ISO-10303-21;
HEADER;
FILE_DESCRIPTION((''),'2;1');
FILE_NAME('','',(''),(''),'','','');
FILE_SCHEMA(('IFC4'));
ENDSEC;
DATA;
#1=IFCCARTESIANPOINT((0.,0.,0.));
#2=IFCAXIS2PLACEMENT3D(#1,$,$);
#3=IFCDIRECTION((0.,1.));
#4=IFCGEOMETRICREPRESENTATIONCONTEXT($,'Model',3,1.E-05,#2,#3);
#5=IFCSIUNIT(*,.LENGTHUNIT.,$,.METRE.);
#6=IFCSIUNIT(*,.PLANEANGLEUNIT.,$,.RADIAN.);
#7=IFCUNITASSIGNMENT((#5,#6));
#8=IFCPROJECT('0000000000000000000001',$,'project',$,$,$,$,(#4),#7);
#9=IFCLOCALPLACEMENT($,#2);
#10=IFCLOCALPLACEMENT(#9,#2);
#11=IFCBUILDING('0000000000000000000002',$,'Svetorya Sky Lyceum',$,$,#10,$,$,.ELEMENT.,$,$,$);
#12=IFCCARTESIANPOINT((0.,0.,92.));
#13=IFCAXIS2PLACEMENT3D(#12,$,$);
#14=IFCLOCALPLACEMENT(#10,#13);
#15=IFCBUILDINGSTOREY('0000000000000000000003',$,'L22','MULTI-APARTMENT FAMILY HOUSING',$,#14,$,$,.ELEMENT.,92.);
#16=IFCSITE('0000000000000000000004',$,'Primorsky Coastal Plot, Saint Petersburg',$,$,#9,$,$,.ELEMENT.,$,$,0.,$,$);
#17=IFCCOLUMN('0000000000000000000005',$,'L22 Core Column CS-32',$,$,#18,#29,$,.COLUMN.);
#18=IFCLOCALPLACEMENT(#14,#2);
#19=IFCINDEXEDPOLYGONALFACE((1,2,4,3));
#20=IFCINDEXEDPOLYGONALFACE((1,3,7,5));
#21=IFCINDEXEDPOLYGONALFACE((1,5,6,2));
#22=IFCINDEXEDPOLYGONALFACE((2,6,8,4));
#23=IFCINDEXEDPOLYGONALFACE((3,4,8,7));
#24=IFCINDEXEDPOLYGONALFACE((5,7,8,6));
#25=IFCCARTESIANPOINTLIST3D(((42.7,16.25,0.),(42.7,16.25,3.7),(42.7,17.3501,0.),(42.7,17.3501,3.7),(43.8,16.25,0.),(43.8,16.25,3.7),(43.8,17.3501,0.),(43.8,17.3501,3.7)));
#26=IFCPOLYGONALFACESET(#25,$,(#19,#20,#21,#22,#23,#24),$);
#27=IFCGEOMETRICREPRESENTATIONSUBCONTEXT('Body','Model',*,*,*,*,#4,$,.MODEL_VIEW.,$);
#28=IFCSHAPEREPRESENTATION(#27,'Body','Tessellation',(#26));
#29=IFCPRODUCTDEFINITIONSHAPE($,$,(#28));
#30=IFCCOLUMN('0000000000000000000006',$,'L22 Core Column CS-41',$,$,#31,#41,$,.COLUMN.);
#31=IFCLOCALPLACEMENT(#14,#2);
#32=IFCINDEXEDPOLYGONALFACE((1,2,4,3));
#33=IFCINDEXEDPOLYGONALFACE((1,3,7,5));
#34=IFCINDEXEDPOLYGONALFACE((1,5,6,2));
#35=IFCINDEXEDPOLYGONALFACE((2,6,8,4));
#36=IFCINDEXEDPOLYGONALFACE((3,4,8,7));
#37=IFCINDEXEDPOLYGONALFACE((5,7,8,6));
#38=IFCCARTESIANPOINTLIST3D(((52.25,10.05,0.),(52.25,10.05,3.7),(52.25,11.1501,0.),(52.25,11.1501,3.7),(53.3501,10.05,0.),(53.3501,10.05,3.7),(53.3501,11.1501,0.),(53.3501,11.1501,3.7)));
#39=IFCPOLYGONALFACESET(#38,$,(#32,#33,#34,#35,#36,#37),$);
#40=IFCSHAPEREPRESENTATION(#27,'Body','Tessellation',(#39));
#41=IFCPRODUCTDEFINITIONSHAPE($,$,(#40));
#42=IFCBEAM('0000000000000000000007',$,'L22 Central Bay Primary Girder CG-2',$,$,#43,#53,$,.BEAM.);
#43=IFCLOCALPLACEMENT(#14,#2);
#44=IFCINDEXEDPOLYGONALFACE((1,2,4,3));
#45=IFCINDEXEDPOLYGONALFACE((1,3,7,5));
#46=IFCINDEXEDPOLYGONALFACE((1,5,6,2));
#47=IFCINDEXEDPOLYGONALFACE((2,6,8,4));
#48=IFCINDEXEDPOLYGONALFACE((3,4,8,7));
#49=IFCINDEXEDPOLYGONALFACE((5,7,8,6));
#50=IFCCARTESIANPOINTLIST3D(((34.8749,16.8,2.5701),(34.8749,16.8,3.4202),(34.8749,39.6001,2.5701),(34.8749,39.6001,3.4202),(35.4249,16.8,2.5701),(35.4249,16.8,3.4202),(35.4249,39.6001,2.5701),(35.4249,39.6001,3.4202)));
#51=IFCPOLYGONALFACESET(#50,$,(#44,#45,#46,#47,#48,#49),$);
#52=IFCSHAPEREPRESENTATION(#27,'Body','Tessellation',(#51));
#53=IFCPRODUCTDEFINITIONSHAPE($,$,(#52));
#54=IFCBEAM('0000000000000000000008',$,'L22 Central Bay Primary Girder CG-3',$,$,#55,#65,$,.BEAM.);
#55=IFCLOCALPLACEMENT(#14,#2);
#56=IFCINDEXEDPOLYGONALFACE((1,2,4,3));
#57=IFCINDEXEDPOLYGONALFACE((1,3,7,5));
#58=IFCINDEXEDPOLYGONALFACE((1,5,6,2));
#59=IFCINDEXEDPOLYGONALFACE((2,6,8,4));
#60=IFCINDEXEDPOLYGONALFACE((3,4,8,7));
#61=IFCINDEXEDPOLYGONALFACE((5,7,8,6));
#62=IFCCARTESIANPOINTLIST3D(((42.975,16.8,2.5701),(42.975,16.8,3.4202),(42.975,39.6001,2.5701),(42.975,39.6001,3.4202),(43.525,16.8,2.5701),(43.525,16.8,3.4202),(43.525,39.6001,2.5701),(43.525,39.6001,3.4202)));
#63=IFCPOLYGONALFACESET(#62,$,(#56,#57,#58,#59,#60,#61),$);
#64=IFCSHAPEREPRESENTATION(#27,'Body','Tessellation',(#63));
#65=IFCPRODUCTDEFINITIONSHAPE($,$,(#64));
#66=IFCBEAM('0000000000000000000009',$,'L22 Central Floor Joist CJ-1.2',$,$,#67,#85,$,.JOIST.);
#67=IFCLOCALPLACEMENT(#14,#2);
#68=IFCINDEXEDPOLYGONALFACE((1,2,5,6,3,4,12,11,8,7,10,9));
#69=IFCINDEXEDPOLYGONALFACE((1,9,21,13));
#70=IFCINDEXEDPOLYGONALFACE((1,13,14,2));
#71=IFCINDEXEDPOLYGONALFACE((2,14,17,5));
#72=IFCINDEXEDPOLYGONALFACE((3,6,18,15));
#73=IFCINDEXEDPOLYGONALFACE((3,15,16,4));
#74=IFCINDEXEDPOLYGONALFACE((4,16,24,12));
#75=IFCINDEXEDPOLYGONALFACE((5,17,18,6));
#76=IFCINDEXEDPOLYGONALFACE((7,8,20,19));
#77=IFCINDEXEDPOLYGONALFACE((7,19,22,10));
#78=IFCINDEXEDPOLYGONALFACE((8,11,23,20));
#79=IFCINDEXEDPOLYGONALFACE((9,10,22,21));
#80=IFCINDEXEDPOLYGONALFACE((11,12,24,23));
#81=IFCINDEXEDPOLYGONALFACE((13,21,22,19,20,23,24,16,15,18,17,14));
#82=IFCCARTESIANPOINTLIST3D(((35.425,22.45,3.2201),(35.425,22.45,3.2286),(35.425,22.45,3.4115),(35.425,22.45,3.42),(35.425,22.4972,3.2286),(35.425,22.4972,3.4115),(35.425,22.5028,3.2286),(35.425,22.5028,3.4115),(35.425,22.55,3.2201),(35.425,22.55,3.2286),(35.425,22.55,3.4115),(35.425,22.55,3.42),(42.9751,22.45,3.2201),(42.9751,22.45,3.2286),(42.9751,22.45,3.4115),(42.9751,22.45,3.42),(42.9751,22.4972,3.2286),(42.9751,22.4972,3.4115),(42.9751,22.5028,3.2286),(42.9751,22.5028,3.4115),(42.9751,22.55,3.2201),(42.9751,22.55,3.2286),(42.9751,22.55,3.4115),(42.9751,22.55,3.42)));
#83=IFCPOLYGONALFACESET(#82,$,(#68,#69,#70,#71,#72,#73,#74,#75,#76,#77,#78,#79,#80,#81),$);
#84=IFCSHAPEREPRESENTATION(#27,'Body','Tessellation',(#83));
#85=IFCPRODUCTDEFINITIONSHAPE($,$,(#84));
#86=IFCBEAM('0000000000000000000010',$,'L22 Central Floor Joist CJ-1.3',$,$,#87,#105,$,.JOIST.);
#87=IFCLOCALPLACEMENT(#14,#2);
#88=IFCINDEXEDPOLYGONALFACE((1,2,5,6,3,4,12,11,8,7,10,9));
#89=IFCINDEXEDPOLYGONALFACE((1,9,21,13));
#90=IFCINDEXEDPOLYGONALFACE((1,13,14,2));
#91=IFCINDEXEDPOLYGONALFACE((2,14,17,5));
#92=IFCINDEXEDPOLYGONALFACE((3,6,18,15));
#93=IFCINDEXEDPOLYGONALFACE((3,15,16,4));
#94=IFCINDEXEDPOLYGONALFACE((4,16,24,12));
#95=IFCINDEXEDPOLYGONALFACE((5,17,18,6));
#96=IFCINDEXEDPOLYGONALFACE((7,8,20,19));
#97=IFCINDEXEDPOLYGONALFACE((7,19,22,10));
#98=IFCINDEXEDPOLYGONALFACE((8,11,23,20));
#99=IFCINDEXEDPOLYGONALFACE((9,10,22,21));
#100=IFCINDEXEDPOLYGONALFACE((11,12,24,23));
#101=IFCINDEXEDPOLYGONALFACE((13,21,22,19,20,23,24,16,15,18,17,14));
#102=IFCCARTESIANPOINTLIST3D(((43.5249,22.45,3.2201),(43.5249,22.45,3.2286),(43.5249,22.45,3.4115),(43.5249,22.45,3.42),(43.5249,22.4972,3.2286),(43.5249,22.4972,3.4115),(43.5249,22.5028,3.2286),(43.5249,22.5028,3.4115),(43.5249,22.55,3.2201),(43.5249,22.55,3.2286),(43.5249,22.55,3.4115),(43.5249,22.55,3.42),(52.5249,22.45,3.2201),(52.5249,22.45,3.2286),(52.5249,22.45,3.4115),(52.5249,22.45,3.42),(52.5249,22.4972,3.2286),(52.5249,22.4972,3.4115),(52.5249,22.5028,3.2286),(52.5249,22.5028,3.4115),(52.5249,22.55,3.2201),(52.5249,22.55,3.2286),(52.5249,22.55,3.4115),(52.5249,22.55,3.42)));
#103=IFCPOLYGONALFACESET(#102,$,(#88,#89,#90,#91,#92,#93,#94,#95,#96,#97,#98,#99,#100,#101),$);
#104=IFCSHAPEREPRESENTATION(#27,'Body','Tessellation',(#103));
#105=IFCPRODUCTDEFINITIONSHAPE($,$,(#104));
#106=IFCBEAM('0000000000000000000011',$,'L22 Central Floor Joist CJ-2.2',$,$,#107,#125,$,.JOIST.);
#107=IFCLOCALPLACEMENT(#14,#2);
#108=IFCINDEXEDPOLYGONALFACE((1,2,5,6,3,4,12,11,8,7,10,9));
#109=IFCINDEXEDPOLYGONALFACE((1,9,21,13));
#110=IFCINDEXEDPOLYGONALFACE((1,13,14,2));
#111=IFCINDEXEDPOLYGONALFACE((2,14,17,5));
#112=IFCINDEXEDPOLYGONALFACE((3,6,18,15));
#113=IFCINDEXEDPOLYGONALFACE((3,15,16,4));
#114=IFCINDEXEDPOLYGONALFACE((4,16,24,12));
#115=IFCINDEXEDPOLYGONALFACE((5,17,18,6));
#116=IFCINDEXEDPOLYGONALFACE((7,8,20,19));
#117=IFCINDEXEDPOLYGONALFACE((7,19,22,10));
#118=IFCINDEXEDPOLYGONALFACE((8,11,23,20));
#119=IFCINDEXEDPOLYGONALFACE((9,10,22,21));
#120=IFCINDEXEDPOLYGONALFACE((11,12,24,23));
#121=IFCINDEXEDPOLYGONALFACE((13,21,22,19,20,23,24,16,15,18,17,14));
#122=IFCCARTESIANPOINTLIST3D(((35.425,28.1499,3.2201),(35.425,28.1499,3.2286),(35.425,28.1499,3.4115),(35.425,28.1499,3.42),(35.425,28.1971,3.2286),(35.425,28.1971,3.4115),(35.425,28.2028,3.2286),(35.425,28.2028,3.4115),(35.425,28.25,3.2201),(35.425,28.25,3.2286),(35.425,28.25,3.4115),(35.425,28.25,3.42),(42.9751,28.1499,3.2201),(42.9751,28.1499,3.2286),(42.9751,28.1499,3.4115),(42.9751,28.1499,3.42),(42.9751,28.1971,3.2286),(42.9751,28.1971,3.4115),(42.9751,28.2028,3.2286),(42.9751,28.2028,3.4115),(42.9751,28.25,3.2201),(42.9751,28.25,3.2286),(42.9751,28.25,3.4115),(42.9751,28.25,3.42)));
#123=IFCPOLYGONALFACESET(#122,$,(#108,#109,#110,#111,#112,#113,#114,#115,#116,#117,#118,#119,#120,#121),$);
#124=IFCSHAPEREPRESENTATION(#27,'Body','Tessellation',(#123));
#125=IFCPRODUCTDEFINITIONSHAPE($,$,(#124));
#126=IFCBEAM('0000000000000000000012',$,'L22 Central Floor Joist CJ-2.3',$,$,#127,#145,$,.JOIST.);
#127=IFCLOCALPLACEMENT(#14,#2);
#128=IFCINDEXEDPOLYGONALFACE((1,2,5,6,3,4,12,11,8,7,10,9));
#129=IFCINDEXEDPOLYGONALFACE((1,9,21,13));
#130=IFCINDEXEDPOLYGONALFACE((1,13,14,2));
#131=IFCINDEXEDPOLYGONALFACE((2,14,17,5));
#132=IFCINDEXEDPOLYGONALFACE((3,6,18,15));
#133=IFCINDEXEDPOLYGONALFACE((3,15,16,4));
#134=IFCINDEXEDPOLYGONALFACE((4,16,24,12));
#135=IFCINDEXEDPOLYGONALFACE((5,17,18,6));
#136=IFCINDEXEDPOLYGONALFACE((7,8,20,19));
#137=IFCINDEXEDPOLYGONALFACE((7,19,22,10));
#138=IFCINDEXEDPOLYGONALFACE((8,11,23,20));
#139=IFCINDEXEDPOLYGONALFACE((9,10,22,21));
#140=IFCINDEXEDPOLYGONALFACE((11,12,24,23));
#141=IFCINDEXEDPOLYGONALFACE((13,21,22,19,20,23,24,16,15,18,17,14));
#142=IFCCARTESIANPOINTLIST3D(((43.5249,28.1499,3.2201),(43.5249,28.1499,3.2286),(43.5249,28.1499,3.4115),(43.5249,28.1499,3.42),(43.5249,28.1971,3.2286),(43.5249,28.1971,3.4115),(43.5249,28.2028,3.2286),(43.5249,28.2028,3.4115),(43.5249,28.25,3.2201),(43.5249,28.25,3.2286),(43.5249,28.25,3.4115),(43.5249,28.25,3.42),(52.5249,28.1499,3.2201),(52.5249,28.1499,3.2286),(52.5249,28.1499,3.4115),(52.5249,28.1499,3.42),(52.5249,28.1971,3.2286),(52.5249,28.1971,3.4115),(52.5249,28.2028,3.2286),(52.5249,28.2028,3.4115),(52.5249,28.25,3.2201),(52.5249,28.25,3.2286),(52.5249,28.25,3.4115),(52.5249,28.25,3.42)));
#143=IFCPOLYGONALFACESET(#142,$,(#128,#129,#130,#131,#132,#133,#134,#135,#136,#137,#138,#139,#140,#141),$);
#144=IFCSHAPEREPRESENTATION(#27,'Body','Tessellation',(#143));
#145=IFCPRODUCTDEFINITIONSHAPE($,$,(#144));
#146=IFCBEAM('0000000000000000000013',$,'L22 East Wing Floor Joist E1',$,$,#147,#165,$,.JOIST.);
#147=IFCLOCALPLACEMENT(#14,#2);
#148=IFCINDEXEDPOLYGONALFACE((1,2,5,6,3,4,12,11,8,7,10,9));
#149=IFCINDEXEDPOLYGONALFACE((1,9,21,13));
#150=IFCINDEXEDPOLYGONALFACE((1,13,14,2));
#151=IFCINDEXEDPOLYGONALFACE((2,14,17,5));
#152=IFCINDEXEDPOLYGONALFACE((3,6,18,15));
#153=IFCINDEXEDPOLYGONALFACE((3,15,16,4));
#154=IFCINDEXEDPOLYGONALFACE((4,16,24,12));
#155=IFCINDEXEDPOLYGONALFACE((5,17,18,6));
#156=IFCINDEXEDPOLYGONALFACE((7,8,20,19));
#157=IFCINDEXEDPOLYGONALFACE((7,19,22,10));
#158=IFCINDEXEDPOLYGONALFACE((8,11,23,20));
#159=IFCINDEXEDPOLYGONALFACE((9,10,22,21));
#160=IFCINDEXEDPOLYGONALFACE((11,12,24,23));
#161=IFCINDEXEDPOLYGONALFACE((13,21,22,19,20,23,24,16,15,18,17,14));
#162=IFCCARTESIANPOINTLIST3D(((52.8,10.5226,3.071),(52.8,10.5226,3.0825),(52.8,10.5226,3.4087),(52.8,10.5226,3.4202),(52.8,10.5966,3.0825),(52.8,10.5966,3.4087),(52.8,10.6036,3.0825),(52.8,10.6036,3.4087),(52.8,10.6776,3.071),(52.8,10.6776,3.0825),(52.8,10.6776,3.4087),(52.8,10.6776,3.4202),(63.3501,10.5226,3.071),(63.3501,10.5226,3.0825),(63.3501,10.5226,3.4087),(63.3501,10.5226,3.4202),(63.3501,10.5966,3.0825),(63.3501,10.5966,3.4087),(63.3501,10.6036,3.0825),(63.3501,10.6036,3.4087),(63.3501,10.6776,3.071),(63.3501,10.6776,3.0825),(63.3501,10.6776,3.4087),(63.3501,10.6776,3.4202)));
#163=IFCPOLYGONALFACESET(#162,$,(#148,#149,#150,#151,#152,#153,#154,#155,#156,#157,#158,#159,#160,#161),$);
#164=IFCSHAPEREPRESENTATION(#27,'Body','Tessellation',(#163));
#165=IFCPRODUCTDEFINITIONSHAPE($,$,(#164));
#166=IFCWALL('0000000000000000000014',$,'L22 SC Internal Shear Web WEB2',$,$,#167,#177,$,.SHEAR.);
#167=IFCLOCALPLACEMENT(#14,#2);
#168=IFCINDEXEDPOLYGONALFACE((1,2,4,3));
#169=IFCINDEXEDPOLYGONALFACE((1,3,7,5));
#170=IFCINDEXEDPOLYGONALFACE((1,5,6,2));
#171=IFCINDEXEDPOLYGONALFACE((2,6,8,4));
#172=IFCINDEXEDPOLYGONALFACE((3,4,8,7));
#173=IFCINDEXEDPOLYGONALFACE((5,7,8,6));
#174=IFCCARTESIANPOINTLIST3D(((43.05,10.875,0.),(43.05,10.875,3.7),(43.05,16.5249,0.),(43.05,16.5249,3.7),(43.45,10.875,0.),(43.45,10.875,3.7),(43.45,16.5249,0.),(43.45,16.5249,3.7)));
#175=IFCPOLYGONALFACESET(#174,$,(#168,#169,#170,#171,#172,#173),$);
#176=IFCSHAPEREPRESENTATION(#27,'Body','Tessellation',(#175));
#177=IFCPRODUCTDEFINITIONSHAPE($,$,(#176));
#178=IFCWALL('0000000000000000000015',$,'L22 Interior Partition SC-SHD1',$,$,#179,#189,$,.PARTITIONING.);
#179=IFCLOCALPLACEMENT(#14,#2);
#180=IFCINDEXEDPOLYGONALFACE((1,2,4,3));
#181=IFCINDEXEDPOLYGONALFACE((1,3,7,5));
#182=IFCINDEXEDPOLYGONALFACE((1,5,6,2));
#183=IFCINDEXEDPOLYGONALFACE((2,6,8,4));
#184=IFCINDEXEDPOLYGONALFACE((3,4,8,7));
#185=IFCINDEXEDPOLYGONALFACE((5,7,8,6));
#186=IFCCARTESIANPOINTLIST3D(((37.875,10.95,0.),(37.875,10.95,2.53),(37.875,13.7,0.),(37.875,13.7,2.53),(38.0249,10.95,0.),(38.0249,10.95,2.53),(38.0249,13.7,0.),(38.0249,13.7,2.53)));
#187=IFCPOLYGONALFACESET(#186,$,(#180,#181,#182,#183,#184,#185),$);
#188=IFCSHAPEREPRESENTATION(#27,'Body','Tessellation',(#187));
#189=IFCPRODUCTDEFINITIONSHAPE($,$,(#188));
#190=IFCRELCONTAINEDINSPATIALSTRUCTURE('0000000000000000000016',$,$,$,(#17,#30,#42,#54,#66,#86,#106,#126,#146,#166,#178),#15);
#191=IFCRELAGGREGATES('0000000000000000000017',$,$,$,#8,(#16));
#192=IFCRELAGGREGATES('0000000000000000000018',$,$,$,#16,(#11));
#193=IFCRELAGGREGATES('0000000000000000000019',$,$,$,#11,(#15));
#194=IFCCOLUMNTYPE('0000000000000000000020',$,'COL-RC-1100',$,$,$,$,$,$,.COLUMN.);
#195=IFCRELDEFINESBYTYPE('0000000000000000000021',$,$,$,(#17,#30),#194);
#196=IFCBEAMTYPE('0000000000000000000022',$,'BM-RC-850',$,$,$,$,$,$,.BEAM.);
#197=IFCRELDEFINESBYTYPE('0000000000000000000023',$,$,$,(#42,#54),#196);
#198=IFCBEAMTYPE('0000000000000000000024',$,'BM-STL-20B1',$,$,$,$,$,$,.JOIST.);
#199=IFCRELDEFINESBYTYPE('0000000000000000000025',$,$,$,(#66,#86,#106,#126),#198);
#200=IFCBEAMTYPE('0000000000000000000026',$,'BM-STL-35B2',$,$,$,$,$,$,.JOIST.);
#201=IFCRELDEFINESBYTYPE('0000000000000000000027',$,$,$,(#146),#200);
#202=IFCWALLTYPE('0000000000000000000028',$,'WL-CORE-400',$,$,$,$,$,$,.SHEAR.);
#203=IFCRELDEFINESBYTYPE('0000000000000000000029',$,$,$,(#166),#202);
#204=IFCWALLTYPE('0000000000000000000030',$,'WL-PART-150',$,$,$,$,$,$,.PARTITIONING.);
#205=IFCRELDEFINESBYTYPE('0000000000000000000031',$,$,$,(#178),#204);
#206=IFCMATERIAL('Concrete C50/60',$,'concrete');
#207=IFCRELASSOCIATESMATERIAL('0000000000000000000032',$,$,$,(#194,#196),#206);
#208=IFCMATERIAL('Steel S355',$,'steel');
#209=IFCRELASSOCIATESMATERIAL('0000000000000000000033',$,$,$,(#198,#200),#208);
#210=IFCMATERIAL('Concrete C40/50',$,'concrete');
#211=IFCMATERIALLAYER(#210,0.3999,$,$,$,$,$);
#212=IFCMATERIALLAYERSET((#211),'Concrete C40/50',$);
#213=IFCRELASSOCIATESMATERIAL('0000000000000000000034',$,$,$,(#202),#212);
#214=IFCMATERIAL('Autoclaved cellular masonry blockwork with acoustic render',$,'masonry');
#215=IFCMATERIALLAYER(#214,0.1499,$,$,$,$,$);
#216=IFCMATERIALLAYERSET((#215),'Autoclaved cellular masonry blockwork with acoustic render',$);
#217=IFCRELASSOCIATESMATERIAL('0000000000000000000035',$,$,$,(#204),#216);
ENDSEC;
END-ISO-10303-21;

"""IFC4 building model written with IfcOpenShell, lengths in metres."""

from ifc_helpers import new_model, si_unit, direction, frame, frame_2d, origin, origin_2d, place, context, subcontext, project, spatial, rectangle, i_section, extrude, material, layer, layer_set, material_profile, profile_set, type_object, element, save


model = new_model("IFC4")

# Units and contexts
model_context = context("Model", 3, precision=1e-05, world=origin(), true_north=direction((0.0, 1.0)))
body_context = subcontext(model_context, "Body", "Model", "MODEL_VIEW")
ifc_project = project(units=[si_unit("LENGTHUNIT", "METRE"), si_unit("PLANEANGLEUNIT", "RADIAN")], contexts=[model_context])

# Site, building, storey
site_placement = place(None, origin())
site = spatial("IfcSite", under=ifc_project, at=site_placement, Name="Primorsky Coastal Plot, Saint Petersburg", CompositionType="ELEMENT", RefElevation=0.0)
building_placement = place(site_placement, origin())
building = spatial("IfcBuilding", under=site, at=building_placement, Name="Svetorya Sky Lyceum", CompositionType="ELEMENT")
storey_placement = place(building_placement, frame((0.0, 0.0, 92.0)))
storey = spatial("IfcBuildingStorey", under=building, at=storey_placement, Name="L22", Description="MULTI-APARTMENT FAMILY HOUSING", CompositionType="ELEMENT", Elevation=92.0)

# Columns
ifc_material_1 = material(Name="Concrete C50/60", Category="concrete")
ifc_material_profile_1 = material_profile(ifc_material_1, rectangle(XDim=1.1001, YDim=1.1001, at=origin_2d()), Name="RC COL 1100x1100")
ifc_profile_set_1 = profile_set([ifc_material_profile_1], Name="Concrete C50/60")
column_type = type_object("IfcColumnType", Name="COL-RC-1100", PredefinedType="COLUMN", material=ifc_profile_set_1)
for number, where, z_axis, x_axis, name in (
    (1, (43.25, 16.8, 0.0), (0.0, 0.0, 1.0), (1.0, 0.0, 0.0), "L22 Core Column CS-32"),
    (2, (52.8, 10.6001, 0.0), (0.0, 0.0, 1.0), (1.0, 0.0, 0.0), "L22 Core Column CS-41"),
):
    element("IfcColumn", number, at=place(storey_placement, frame(where, z_axis=z_axis, x_axis=x_axis)), inside=storey, type_object=column_type, Name=name, PredefinedType="COLUMN", context=body_context, shape_type="SweptSolid", body=[
        extrude(rectangle(XDim=1.1001, YDim=1.1001, at=origin_2d()), origin(), (0.0, 0.0, 1.0), 3.7),
    ])

# Beams
ifc_material_profile_2 = material_profile(ifc_material_1, rectangle(XDim=0.55, YDim=0.8501, at=origin_2d()), Name="RC BEAM 550x850")
ifc_profile_set_2 = profile_set([ifc_material_profile_2], Name="Concrete C50/60")
beam_type_1 = type_object("IfcBeamType", Name="BM-RC-850", PredefinedType="BEAM", material=ifc_profile_set_2)
for number, where, z_axis, x_axis, name in (
    (3, (35.1499, 16.8, 2.9951), (0.0, 1.0, 0.0), (-1.0, 0.0, 0.0), "L22 Central Bay Primary Girder CG-2"),
    (4, (43.25, 16.8, 2.9951), (0.0, 1.0, 0.0), (-1.0, 0.0, 0.0), "L22 Central Bay Primary Girder CG-3"),
):
    element("IfcBeam", number, at=place(storey_placement, frame(where, z_axis=z_axis, x_axis=x_axis)), inside=storey, type_object=beam_type_1, Name=name, PredefinedType="BEAM", context=body_context, shape_type="SweptSolid", body=[
        extrude(rectangle(XDim=0.55, YDim=0.8501, at=origin_2d()), origin(), (0.0, 0.0, 1.0), 22.8),
    ])
ifc_material_2 = material(Name="Steel S355", Category="steel")
ifc_material_profile_3 = material_profile(ifc_material_2, i_section(OverallWidth=0.1001, OverallDepth=0.2, WebThickness=0.0056, FlangeThickness=0.0085, at=origin_2d()), Name="GOST 20B1")
ifc_profile_set_3 = profile_set([ifc_material_profile_3], Name="Steel S355")
beam_type_2 = type_object("IfcBeamType", Name="BM-STL-20B1", PredefinedType="JOIST", material=ifc_profile_set_3)
beam_1_placement = place(storey_placement, frame((35.425, 22.5, 3.3201), z_axis=(1.0, 0.0, 0.0), x_axis=(0.0, 1.0, 0.0)))
element("IfcBeam", 5, at=beam_1_placement, inside=storey, type_object=beam_type_2, Name="L22 Central Floor Joist CJ-1.2", PredefinedType="JOIST", context=body_context, shape_type="SweptSolid", body=[
    extrude(i_section(OverallWidth=0.1001, OverallDepth=0.2, WebThickness=0.0056, FlangeThickness=0.0085, at=origin_2d()), origin(), (0.0, 0.0, 1.0), 7.55),
])
beam_2_placement = place(storey_placement, frame((43.5249, 22.5, 3.3201), z_axis=(1.0, 0.0, 0.0), x_axis=(0.0, 1.0, 0.0)))
element("IfcBeam", 6, at=beam_2_placement, inside=storey, type_object=beam_type_2, Name="L22 Central Floor Joist CJ-1.3", PredefinedType="JOIST", context=body_context, shape_type="SweptSolid", body=[
    extrude(i_section(OverallWidth=0.1001, OverallDepth=0.2, WebThickness=0.0056, FlangeThickness=0.0085, at=origin_2d()), origin(), (0.0, 0.0, 1.0), 9.0),
])
beam_3_placement = place(storey_placement, frame((35.425, 28.2, 3.3201), z_axis=(1.0, 0.0, 0.0), x_axis=(0.0, 1.0, 0.0)))
element("IfcBeam", 7, at=beam_3_placement, inside=storey, type_object=beam_type_2, Name="L22 Central Floor Joist CJ-2.2", PredefinedType="JOIST", context=body_context, shape_type="SweptSolid", body=[
    extrude(i_section(OverallWidth=0.1001, OverallDepth=0.2, WebThickness=0.0056, FlangeThickness=0.0085, at=origin_2d()), origin(), (0.0, 0.0, 1.0), 7.55),
])
beam_4_placement = place(storey_placement, frame((43.5249, 28.2, 3.3201), z_axis=(1.0, 0.0, 0.0), x_axis=(0.0, 1.0, 0.0)))
element("IfcBeam", 8, at=beam_4_placement, inside=storey, type_object=beam_type_2, Name="L22 Central Floor Joist CJ-2.3", PredefinedType="JOIST", context=body_context, shape_type="SweptSolid", body=[
    extrude(i_section(OverallWidth=0.1001, OverallDepth=0.2, WebThickness=0.0056, FlangeThickness=0.0085, at=origin_2d()), origin(), (0.0, 0.0, 1.0), 9.0),
])
ifc_material_profile_4 = material_profile(ifc_material_2, i_section(OverallWidth=0.155, OverallDepth=0.3491, WebThickness=0.0071, FlangeThickness=0.0115, at=origin_2d()), Name="GOST 35B2")
ifc_profile_set_4 = profile_set([ifc_material_profile_4], Name="Steel S355")
beam_type_3 = type_object("IfcBeamType", Name="BM-STL-35B2", PredefinedType="JOIST", material=ifc_profile_set_4)
beam_5_placement = place(storey_placement, frame((52.8, 10.6001, 3.2456), z_axis=(1.0, 0.0, 0.0), x_axis=(0.0, 1.0, 0.0)))
element("IfcBeam", 9, at=beam_5_placement, inside=storey, type_object=beam_type_3, Name="L22 East Wing Floor Joist E1", PredefinedType="JOIST", context=body_context, shape_type="SweptSolid", body=[
    extrude(i_section(OverallWidth=0.155, OverallDepth=0.3491, WebThickness=0.0071, FlangeThickness=0.0115, at=origin_2d()), origin(), (0.0, 0.0, 1.0), 10.55),
])

# Walls
ifc_material_3 = material(Name="Concrete C40/50", Category="concrete")
ifc_layer_1 = layer(ifc_material_3, 0.3999)
ifc_layer_set_1 = layer_set([ifc_layer_1], Name="Concrete C40/50")
wall_type_1 = type_object("IfcWallType", Name="WL-CORE-400", PredefinedType="SHEAR", material=ifc_layer_set_1)
wall_1_placement = place(storey_placement, frame((43.25, 10.875, 0.0), z_axis=(0.0, 0.0, 1.0), x_axis=(0.0, 1.0, 0.0)))
element("IfcWall", 10, at=wall_1_placement, inside=storey, type_object=wall_type_1, Name="L22 SC Internal Shear Web WEB2", PredefinedType="SHEAR", context=body_context, shape_type="SweptSolid", body=[
    extrude(rectangle(XDim=5.6499, YDim=0.3999, at=frame_2d((2.825, 0.0))), origin(), (0.0, 0.0, 1.0), 3.7),
])
ifc_material_4 = material(Name="Autoclaved cellular masonry blockwork with acoustic render", Category="masonry")
ifc_layer_2 = layer(ifc_material_4, 0.1499)
ifc_layer_set_2 = layer_set([ifc_layer_2], Name="Autoclaved cellular masonry blockwork with acoustic render")
wall_type_2 = type_object("IfcWallType", Name="WL-PART-150", PredefinedType="PARTITIONING", material=ifc_layer_set_2)
for number, where, z_axis, x_axis, name in (
    (11, (37.95, 10.95, 0.0), (0.0, 0.0, 1.0), (0.0, 1.0, 0.0), "L22 Interior Partition SC-SHD1"),
):
    element("IfcWall", number, at=place(storey_placement, frame(where, z_axis=z_axis, x_axis=x_axis)), inside=storey, type_object=wall_type_2, Name=name, PredefinedType="PARTITIONING", context=body_context, shape_type="SweptSolid", body=[
        extrude(rectangle(XDim=2.75, YDim=0.1499, at=frame_2d((1.375, 0.0))), origin(), (0.0, 0.0, 1.0), 2.53),
    ])

save(model, "model.ifc")
